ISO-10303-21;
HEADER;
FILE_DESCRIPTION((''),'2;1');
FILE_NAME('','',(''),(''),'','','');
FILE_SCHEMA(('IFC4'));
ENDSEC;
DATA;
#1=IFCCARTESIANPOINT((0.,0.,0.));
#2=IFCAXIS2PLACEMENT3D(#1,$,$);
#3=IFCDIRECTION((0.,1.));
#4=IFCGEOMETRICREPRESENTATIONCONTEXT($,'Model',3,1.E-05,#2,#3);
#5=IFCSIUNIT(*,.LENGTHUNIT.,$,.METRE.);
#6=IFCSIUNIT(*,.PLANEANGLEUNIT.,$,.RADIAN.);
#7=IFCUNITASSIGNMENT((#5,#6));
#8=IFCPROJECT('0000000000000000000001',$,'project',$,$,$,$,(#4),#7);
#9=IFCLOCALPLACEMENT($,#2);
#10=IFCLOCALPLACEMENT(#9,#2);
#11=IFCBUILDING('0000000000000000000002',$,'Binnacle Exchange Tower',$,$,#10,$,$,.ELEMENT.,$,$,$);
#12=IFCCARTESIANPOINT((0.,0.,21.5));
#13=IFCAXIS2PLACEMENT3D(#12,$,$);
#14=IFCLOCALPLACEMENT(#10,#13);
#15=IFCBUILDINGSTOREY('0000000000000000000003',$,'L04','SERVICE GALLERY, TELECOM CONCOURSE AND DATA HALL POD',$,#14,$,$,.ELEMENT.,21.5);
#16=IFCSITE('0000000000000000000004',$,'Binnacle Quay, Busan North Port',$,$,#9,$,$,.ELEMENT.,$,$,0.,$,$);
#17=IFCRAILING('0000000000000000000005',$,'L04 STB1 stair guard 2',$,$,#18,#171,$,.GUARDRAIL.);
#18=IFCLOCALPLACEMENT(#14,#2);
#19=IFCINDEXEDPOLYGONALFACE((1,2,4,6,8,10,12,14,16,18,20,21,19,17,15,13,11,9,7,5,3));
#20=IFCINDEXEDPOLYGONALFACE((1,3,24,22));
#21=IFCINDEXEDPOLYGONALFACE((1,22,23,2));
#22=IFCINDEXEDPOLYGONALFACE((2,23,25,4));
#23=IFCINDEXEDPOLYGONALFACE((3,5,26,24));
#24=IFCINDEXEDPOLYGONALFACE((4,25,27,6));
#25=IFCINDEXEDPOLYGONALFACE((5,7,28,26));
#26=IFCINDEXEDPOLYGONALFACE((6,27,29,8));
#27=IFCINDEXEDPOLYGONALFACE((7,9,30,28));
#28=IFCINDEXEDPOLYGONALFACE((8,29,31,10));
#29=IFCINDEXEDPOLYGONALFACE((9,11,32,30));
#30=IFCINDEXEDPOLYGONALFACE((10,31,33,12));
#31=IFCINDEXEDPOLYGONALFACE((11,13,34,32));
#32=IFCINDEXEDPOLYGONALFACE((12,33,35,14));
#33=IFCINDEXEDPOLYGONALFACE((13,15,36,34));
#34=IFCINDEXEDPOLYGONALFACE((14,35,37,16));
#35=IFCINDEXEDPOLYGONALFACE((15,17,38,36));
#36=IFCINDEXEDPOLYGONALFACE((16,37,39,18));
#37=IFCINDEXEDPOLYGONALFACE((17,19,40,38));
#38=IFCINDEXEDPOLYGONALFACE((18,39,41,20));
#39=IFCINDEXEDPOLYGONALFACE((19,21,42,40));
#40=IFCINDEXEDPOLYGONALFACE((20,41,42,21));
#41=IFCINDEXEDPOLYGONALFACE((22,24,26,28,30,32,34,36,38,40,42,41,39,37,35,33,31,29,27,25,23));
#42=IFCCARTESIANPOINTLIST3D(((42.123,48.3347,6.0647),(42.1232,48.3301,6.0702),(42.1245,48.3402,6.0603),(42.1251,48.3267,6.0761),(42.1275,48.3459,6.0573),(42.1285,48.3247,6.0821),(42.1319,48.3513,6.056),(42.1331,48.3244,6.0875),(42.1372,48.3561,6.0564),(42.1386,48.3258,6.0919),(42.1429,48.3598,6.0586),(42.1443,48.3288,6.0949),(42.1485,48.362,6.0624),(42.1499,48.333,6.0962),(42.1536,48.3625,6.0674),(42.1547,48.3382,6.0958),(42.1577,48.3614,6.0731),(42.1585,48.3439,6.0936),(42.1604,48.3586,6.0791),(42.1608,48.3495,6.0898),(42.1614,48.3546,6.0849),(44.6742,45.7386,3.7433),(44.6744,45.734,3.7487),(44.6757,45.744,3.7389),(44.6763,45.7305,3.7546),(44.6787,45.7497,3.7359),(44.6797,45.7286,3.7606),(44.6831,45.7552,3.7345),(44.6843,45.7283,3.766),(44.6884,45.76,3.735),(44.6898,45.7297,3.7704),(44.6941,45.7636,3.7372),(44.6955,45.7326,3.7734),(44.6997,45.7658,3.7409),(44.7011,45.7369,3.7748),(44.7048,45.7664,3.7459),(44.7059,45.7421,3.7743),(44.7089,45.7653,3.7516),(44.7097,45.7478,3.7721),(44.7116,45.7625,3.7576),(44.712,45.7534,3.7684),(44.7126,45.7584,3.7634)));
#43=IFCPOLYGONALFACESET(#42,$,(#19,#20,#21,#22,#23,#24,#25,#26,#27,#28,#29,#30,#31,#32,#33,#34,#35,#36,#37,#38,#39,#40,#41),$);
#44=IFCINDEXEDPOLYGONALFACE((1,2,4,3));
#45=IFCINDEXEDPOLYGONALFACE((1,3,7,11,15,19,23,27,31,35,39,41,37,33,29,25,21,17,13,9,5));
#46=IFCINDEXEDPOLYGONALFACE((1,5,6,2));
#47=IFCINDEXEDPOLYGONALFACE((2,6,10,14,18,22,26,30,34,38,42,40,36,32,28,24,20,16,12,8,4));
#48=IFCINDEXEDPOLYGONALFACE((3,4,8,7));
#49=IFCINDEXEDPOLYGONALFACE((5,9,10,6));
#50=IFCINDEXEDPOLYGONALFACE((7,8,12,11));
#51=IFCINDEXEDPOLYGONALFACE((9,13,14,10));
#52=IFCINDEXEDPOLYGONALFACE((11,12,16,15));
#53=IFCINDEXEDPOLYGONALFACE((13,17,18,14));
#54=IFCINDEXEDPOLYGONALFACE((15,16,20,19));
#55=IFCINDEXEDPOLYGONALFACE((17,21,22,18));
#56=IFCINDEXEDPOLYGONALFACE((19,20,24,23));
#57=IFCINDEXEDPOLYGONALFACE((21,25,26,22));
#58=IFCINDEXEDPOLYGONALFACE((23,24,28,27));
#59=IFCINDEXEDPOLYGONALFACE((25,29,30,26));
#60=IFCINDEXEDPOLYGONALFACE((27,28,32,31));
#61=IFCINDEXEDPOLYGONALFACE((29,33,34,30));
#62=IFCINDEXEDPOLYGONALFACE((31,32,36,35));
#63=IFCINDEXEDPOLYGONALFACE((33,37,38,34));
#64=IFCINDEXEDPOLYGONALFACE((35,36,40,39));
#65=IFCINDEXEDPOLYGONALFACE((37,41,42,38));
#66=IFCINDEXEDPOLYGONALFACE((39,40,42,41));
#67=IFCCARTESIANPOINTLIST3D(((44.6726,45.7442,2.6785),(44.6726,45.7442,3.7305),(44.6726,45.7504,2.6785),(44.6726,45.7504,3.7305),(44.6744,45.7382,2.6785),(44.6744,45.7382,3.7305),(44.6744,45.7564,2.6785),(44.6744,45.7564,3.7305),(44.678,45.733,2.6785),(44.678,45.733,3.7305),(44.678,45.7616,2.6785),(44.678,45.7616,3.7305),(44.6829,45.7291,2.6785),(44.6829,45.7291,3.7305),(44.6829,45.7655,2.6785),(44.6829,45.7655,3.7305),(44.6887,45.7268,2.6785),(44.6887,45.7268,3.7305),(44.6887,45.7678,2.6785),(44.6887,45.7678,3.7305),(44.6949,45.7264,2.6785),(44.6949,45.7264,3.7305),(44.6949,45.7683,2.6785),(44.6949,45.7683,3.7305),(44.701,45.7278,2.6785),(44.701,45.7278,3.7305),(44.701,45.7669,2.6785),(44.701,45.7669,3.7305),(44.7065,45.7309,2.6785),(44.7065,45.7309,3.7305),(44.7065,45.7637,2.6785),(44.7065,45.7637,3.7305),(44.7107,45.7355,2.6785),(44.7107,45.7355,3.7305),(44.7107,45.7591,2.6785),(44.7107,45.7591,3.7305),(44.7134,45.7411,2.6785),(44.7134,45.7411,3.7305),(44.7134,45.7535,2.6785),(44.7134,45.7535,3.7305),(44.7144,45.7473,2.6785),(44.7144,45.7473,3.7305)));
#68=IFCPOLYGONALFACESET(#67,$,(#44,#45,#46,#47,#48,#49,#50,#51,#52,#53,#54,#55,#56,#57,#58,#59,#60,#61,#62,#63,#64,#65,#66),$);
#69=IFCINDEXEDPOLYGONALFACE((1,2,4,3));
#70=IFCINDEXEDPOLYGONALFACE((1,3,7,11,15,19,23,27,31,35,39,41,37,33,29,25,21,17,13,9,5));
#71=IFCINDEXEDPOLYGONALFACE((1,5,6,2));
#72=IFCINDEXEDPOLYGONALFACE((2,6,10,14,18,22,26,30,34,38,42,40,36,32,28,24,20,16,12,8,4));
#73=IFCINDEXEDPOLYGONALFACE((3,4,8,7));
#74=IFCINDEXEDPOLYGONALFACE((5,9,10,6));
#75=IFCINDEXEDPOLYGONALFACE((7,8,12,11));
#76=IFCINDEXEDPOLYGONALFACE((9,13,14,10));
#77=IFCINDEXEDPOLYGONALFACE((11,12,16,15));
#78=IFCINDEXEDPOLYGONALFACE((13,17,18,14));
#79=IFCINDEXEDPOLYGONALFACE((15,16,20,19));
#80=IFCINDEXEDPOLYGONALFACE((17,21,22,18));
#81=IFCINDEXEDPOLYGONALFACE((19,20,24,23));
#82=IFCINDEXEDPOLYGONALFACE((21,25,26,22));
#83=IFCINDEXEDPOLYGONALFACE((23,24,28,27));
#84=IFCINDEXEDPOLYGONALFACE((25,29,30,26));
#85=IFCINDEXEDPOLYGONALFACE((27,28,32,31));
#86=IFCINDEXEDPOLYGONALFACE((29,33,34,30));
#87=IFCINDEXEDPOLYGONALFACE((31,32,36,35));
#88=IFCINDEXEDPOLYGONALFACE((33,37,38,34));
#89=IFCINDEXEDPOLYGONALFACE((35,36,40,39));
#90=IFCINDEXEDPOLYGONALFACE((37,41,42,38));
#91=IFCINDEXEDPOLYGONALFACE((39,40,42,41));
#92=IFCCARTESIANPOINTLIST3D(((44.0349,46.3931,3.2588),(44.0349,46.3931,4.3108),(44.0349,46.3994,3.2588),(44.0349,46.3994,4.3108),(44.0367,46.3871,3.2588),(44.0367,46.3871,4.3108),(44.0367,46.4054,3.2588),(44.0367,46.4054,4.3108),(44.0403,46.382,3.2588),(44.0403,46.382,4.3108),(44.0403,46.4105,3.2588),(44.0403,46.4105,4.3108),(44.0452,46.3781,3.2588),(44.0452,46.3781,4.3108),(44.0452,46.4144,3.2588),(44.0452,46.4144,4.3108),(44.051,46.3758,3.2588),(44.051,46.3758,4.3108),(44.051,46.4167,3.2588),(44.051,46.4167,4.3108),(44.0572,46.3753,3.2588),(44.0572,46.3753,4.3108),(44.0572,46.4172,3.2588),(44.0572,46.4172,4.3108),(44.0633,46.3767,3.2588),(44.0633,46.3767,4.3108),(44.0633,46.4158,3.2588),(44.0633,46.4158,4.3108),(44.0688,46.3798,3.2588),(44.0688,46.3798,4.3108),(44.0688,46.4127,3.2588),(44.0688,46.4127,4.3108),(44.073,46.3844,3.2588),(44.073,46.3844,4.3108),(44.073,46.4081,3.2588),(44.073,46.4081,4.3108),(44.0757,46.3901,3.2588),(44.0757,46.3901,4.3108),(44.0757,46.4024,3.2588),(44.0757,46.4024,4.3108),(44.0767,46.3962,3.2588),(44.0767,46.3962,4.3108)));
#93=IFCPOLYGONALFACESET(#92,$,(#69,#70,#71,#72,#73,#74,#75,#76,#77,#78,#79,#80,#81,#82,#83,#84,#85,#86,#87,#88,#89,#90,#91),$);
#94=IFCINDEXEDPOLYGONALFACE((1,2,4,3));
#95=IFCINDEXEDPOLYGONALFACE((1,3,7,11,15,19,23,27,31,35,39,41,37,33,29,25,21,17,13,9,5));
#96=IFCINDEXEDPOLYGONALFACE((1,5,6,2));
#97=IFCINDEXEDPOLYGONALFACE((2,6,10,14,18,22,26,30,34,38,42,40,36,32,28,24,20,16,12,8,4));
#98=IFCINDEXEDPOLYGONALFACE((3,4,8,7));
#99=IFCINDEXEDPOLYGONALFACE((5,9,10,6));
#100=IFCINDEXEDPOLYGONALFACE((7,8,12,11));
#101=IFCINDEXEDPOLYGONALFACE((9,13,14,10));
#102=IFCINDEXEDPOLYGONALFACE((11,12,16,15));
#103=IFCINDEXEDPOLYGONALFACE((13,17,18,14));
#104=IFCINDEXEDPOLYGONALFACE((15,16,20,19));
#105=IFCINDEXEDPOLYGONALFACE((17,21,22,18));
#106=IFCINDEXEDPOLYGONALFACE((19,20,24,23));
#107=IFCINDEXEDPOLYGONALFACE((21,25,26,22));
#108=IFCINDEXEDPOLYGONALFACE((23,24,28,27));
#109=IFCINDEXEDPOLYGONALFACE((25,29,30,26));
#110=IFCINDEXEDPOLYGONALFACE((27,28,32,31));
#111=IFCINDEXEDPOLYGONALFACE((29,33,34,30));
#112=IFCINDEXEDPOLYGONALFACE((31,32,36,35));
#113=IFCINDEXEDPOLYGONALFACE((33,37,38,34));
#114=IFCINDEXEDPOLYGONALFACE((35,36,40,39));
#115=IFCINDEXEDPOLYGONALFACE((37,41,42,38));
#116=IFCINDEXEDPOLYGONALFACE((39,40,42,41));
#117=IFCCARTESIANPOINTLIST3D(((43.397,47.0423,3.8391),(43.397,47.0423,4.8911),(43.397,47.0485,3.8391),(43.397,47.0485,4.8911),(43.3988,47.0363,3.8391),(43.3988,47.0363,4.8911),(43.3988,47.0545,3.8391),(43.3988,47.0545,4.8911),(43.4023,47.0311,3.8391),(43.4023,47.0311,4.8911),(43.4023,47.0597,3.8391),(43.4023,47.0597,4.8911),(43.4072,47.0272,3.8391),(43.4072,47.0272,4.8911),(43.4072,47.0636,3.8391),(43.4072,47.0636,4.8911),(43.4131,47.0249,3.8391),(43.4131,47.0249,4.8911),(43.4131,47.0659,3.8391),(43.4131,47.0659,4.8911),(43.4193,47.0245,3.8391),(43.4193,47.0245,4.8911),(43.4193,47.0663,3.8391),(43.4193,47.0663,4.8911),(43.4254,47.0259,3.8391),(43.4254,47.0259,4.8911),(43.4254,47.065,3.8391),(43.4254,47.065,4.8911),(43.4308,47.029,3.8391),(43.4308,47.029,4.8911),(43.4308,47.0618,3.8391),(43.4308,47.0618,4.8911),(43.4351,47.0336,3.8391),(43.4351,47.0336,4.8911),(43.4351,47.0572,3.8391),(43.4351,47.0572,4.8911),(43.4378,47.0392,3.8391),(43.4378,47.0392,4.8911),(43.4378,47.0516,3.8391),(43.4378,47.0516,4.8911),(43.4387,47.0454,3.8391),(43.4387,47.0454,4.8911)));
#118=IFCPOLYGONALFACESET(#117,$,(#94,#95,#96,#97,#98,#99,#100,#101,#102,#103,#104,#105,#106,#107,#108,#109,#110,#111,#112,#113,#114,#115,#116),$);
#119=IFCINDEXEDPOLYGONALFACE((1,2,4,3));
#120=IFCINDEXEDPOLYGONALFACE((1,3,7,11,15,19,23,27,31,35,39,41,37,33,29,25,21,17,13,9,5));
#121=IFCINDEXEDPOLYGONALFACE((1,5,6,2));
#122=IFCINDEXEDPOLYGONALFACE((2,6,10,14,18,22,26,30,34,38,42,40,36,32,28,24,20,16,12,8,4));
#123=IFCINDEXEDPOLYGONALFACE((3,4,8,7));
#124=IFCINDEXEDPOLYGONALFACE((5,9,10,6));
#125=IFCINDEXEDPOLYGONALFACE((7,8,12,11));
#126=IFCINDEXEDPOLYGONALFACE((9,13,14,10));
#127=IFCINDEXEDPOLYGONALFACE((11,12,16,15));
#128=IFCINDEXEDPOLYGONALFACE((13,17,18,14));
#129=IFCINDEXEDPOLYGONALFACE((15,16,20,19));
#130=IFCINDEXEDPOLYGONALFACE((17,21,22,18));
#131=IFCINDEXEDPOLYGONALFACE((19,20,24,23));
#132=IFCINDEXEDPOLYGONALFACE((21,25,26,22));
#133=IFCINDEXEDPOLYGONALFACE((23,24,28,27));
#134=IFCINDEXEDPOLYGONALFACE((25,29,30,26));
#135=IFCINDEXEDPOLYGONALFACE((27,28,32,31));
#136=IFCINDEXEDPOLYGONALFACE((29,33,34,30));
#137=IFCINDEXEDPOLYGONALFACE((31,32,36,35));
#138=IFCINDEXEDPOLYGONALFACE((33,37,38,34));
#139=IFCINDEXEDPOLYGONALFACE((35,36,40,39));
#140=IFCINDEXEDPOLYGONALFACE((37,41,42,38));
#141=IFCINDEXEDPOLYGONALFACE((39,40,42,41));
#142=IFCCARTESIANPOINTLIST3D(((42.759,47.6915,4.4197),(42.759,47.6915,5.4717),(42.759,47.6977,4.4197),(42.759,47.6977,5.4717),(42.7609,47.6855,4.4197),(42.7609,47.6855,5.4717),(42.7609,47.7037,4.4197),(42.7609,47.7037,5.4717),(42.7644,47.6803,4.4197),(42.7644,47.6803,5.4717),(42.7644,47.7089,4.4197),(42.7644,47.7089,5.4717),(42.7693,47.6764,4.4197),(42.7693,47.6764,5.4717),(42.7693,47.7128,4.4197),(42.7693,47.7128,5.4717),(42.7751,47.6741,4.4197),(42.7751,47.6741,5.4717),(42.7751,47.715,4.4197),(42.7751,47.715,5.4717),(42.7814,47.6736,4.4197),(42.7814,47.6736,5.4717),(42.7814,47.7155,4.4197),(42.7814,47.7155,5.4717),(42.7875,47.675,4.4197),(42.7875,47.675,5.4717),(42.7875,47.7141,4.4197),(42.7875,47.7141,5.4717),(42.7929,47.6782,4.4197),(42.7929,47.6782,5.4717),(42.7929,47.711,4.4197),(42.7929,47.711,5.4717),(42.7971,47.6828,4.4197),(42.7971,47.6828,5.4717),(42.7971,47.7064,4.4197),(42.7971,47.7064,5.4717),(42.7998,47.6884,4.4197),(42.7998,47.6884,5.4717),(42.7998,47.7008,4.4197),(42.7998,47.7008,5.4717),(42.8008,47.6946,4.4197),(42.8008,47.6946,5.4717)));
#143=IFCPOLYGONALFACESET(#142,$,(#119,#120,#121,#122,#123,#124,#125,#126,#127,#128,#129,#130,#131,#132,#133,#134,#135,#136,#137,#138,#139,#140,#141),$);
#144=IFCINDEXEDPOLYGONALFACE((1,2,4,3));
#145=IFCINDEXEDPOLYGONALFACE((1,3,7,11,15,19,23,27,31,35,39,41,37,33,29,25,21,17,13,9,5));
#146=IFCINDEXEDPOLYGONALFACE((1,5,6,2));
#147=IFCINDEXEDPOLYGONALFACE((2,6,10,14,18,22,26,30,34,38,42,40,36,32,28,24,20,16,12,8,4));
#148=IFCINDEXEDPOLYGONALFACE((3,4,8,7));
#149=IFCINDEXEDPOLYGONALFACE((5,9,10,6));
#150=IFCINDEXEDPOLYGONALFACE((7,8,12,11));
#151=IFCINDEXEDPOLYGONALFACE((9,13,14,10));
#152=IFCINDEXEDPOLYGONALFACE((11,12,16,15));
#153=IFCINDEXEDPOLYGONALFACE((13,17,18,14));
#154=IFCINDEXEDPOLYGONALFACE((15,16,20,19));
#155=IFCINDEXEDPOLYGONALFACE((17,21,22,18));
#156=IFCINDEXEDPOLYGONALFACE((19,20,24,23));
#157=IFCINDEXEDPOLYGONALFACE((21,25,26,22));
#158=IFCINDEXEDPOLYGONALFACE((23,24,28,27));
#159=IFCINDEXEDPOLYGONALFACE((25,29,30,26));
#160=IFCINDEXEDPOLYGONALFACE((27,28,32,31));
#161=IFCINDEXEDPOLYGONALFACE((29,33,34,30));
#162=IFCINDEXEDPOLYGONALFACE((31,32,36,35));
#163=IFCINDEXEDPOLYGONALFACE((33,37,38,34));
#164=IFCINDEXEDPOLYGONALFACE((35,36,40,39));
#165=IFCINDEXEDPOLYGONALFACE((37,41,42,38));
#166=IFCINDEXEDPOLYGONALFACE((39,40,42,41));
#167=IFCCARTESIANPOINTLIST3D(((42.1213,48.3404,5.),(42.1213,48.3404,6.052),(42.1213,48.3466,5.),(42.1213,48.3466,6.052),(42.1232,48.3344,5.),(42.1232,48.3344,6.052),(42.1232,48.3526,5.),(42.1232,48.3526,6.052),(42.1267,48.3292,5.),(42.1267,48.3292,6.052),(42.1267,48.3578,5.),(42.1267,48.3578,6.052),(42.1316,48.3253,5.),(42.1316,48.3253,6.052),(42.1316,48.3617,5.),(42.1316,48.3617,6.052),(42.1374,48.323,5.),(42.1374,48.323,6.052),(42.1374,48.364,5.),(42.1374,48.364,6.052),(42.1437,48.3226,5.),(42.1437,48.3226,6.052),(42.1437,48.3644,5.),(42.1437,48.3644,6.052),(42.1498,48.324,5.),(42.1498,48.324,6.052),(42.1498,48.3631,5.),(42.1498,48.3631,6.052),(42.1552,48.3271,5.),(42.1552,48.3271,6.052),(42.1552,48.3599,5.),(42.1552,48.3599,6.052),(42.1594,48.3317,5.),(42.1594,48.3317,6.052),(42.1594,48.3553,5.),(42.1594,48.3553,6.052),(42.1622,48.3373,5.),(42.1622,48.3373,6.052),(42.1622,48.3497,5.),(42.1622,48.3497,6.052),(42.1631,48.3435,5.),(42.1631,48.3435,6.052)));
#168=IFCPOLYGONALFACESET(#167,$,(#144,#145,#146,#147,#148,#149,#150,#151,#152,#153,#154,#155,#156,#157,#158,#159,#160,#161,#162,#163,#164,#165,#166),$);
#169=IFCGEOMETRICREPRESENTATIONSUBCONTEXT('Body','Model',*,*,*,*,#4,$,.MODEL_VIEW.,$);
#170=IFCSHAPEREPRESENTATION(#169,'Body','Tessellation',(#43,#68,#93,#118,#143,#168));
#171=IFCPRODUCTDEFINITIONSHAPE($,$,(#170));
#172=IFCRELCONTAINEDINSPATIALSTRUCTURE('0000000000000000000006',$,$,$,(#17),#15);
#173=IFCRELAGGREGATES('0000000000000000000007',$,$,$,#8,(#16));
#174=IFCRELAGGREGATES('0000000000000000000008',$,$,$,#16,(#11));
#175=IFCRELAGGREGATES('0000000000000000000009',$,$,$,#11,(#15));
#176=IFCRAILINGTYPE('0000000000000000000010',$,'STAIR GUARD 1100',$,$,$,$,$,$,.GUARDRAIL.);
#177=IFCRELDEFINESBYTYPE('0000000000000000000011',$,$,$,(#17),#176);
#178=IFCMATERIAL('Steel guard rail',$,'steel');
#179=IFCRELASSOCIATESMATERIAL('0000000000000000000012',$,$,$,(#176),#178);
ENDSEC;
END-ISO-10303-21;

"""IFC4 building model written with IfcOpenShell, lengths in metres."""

from ifc_helpers import new_model, si_unit, direction, frame, origin, origin_2d, place, context, subcontext, project, spatial, circle, extrude, material, type_object, element, save


model = new_model("IFC4")

# Units and contexts
model_context = context("Model", 3, precision=1e-05, world=origin(), true_north=direction((0.0, 1.0)))
body_context = subcontext(model_context, "Body", "Model", "MODEL_VIEW")
ifc_project = project(units=[si_unit("LENGTHUNIT", "METRE"), si_unit("PLANEANGLEUNIT", "RADIAN")], contexts=[model_context])

# Site, building, storey
site_placement = place(None, origin())
site = spatial("IfcSite", under=ifc_project, at=site_placement, Name="Binnacle Quay, Busan North Port", CompositionType="ELEMENT", RefElevation=0.0)
building_placement = place(site_placement, origin())
building = spatial("IfcBuilding", under=site, at=building_placement, Name="Binnacle Exchange Tower", CompositionType="ELEMENT")
storey_placement = place(building_placement, frame((0.0, 0.0, 21.5)))
storey = spatial("IfcBuildingStorey", under=building, at=storey_placement, Name="L04", Description="SERVICE GALLERY, TELECOM CONCOURSE AND DATA HALL POD", CompositionType="ELEMENT", Elevation=21.5)

# Railing
ifc_material_1 = material(Name="Steel guard rail", Category="steel")
railing_type_1 = type_object("IfcRailingType", Name="STAIR GUARD 1100", PredefinedType="GUARDRAIL", material=ifc_material_1)
railing_1_placement = place(storey_placement, frame((44.6934, 45.7473, 2.6785)))
element("IfcRailing", 1, at=railing_1_placement, inside=storey, type_object=railing_type_1, Name="L04 STB1 stair guard 2", PredefinedType="GUARDRAIL", context=body_context, shape_type="SweptSolid", body=[
    extrude(circle(Radius=0.0239, at=origin_2d()), frame((0.0, 0.0, 1.0762), z_axis=(-0.590947, 0.601352, 0.537733), x_axis=(-0.713251, -0.700909, 0.0)), (0.0, 0.0, 1.0), 4.3171),
    extrude(circle(Radius=0.021, at=origin_2d()), origin(), (0.0, 0.0, 1.0), 1.052),
    extrude(circle(Radius=0.021, at=origin_2d()), frame((-0.6377, 0.6489, 0.5803)), (0.0, 0.0, 1.0), 1.052),
    extrude(circle(Radius=0.021, at=origin_2d()), frame((-1.2756, 1.2981, 1.1606)), (0.0, 0.0, 1.0), 1.052),
    extrude(circle(Radius=0.021, at=origin_2d()), frame((-1.9136, 1.9473, 1.7412)), (0.0, 0.0, 1.0), 1.052),
    extrude(circle(Radius=0.021, at=origin_2d()), frame((-2.5513, 2.5962, 2.3215)), (0.0, 0.0, 1.0), 1.052),
])

save(model, "model.ifc")
